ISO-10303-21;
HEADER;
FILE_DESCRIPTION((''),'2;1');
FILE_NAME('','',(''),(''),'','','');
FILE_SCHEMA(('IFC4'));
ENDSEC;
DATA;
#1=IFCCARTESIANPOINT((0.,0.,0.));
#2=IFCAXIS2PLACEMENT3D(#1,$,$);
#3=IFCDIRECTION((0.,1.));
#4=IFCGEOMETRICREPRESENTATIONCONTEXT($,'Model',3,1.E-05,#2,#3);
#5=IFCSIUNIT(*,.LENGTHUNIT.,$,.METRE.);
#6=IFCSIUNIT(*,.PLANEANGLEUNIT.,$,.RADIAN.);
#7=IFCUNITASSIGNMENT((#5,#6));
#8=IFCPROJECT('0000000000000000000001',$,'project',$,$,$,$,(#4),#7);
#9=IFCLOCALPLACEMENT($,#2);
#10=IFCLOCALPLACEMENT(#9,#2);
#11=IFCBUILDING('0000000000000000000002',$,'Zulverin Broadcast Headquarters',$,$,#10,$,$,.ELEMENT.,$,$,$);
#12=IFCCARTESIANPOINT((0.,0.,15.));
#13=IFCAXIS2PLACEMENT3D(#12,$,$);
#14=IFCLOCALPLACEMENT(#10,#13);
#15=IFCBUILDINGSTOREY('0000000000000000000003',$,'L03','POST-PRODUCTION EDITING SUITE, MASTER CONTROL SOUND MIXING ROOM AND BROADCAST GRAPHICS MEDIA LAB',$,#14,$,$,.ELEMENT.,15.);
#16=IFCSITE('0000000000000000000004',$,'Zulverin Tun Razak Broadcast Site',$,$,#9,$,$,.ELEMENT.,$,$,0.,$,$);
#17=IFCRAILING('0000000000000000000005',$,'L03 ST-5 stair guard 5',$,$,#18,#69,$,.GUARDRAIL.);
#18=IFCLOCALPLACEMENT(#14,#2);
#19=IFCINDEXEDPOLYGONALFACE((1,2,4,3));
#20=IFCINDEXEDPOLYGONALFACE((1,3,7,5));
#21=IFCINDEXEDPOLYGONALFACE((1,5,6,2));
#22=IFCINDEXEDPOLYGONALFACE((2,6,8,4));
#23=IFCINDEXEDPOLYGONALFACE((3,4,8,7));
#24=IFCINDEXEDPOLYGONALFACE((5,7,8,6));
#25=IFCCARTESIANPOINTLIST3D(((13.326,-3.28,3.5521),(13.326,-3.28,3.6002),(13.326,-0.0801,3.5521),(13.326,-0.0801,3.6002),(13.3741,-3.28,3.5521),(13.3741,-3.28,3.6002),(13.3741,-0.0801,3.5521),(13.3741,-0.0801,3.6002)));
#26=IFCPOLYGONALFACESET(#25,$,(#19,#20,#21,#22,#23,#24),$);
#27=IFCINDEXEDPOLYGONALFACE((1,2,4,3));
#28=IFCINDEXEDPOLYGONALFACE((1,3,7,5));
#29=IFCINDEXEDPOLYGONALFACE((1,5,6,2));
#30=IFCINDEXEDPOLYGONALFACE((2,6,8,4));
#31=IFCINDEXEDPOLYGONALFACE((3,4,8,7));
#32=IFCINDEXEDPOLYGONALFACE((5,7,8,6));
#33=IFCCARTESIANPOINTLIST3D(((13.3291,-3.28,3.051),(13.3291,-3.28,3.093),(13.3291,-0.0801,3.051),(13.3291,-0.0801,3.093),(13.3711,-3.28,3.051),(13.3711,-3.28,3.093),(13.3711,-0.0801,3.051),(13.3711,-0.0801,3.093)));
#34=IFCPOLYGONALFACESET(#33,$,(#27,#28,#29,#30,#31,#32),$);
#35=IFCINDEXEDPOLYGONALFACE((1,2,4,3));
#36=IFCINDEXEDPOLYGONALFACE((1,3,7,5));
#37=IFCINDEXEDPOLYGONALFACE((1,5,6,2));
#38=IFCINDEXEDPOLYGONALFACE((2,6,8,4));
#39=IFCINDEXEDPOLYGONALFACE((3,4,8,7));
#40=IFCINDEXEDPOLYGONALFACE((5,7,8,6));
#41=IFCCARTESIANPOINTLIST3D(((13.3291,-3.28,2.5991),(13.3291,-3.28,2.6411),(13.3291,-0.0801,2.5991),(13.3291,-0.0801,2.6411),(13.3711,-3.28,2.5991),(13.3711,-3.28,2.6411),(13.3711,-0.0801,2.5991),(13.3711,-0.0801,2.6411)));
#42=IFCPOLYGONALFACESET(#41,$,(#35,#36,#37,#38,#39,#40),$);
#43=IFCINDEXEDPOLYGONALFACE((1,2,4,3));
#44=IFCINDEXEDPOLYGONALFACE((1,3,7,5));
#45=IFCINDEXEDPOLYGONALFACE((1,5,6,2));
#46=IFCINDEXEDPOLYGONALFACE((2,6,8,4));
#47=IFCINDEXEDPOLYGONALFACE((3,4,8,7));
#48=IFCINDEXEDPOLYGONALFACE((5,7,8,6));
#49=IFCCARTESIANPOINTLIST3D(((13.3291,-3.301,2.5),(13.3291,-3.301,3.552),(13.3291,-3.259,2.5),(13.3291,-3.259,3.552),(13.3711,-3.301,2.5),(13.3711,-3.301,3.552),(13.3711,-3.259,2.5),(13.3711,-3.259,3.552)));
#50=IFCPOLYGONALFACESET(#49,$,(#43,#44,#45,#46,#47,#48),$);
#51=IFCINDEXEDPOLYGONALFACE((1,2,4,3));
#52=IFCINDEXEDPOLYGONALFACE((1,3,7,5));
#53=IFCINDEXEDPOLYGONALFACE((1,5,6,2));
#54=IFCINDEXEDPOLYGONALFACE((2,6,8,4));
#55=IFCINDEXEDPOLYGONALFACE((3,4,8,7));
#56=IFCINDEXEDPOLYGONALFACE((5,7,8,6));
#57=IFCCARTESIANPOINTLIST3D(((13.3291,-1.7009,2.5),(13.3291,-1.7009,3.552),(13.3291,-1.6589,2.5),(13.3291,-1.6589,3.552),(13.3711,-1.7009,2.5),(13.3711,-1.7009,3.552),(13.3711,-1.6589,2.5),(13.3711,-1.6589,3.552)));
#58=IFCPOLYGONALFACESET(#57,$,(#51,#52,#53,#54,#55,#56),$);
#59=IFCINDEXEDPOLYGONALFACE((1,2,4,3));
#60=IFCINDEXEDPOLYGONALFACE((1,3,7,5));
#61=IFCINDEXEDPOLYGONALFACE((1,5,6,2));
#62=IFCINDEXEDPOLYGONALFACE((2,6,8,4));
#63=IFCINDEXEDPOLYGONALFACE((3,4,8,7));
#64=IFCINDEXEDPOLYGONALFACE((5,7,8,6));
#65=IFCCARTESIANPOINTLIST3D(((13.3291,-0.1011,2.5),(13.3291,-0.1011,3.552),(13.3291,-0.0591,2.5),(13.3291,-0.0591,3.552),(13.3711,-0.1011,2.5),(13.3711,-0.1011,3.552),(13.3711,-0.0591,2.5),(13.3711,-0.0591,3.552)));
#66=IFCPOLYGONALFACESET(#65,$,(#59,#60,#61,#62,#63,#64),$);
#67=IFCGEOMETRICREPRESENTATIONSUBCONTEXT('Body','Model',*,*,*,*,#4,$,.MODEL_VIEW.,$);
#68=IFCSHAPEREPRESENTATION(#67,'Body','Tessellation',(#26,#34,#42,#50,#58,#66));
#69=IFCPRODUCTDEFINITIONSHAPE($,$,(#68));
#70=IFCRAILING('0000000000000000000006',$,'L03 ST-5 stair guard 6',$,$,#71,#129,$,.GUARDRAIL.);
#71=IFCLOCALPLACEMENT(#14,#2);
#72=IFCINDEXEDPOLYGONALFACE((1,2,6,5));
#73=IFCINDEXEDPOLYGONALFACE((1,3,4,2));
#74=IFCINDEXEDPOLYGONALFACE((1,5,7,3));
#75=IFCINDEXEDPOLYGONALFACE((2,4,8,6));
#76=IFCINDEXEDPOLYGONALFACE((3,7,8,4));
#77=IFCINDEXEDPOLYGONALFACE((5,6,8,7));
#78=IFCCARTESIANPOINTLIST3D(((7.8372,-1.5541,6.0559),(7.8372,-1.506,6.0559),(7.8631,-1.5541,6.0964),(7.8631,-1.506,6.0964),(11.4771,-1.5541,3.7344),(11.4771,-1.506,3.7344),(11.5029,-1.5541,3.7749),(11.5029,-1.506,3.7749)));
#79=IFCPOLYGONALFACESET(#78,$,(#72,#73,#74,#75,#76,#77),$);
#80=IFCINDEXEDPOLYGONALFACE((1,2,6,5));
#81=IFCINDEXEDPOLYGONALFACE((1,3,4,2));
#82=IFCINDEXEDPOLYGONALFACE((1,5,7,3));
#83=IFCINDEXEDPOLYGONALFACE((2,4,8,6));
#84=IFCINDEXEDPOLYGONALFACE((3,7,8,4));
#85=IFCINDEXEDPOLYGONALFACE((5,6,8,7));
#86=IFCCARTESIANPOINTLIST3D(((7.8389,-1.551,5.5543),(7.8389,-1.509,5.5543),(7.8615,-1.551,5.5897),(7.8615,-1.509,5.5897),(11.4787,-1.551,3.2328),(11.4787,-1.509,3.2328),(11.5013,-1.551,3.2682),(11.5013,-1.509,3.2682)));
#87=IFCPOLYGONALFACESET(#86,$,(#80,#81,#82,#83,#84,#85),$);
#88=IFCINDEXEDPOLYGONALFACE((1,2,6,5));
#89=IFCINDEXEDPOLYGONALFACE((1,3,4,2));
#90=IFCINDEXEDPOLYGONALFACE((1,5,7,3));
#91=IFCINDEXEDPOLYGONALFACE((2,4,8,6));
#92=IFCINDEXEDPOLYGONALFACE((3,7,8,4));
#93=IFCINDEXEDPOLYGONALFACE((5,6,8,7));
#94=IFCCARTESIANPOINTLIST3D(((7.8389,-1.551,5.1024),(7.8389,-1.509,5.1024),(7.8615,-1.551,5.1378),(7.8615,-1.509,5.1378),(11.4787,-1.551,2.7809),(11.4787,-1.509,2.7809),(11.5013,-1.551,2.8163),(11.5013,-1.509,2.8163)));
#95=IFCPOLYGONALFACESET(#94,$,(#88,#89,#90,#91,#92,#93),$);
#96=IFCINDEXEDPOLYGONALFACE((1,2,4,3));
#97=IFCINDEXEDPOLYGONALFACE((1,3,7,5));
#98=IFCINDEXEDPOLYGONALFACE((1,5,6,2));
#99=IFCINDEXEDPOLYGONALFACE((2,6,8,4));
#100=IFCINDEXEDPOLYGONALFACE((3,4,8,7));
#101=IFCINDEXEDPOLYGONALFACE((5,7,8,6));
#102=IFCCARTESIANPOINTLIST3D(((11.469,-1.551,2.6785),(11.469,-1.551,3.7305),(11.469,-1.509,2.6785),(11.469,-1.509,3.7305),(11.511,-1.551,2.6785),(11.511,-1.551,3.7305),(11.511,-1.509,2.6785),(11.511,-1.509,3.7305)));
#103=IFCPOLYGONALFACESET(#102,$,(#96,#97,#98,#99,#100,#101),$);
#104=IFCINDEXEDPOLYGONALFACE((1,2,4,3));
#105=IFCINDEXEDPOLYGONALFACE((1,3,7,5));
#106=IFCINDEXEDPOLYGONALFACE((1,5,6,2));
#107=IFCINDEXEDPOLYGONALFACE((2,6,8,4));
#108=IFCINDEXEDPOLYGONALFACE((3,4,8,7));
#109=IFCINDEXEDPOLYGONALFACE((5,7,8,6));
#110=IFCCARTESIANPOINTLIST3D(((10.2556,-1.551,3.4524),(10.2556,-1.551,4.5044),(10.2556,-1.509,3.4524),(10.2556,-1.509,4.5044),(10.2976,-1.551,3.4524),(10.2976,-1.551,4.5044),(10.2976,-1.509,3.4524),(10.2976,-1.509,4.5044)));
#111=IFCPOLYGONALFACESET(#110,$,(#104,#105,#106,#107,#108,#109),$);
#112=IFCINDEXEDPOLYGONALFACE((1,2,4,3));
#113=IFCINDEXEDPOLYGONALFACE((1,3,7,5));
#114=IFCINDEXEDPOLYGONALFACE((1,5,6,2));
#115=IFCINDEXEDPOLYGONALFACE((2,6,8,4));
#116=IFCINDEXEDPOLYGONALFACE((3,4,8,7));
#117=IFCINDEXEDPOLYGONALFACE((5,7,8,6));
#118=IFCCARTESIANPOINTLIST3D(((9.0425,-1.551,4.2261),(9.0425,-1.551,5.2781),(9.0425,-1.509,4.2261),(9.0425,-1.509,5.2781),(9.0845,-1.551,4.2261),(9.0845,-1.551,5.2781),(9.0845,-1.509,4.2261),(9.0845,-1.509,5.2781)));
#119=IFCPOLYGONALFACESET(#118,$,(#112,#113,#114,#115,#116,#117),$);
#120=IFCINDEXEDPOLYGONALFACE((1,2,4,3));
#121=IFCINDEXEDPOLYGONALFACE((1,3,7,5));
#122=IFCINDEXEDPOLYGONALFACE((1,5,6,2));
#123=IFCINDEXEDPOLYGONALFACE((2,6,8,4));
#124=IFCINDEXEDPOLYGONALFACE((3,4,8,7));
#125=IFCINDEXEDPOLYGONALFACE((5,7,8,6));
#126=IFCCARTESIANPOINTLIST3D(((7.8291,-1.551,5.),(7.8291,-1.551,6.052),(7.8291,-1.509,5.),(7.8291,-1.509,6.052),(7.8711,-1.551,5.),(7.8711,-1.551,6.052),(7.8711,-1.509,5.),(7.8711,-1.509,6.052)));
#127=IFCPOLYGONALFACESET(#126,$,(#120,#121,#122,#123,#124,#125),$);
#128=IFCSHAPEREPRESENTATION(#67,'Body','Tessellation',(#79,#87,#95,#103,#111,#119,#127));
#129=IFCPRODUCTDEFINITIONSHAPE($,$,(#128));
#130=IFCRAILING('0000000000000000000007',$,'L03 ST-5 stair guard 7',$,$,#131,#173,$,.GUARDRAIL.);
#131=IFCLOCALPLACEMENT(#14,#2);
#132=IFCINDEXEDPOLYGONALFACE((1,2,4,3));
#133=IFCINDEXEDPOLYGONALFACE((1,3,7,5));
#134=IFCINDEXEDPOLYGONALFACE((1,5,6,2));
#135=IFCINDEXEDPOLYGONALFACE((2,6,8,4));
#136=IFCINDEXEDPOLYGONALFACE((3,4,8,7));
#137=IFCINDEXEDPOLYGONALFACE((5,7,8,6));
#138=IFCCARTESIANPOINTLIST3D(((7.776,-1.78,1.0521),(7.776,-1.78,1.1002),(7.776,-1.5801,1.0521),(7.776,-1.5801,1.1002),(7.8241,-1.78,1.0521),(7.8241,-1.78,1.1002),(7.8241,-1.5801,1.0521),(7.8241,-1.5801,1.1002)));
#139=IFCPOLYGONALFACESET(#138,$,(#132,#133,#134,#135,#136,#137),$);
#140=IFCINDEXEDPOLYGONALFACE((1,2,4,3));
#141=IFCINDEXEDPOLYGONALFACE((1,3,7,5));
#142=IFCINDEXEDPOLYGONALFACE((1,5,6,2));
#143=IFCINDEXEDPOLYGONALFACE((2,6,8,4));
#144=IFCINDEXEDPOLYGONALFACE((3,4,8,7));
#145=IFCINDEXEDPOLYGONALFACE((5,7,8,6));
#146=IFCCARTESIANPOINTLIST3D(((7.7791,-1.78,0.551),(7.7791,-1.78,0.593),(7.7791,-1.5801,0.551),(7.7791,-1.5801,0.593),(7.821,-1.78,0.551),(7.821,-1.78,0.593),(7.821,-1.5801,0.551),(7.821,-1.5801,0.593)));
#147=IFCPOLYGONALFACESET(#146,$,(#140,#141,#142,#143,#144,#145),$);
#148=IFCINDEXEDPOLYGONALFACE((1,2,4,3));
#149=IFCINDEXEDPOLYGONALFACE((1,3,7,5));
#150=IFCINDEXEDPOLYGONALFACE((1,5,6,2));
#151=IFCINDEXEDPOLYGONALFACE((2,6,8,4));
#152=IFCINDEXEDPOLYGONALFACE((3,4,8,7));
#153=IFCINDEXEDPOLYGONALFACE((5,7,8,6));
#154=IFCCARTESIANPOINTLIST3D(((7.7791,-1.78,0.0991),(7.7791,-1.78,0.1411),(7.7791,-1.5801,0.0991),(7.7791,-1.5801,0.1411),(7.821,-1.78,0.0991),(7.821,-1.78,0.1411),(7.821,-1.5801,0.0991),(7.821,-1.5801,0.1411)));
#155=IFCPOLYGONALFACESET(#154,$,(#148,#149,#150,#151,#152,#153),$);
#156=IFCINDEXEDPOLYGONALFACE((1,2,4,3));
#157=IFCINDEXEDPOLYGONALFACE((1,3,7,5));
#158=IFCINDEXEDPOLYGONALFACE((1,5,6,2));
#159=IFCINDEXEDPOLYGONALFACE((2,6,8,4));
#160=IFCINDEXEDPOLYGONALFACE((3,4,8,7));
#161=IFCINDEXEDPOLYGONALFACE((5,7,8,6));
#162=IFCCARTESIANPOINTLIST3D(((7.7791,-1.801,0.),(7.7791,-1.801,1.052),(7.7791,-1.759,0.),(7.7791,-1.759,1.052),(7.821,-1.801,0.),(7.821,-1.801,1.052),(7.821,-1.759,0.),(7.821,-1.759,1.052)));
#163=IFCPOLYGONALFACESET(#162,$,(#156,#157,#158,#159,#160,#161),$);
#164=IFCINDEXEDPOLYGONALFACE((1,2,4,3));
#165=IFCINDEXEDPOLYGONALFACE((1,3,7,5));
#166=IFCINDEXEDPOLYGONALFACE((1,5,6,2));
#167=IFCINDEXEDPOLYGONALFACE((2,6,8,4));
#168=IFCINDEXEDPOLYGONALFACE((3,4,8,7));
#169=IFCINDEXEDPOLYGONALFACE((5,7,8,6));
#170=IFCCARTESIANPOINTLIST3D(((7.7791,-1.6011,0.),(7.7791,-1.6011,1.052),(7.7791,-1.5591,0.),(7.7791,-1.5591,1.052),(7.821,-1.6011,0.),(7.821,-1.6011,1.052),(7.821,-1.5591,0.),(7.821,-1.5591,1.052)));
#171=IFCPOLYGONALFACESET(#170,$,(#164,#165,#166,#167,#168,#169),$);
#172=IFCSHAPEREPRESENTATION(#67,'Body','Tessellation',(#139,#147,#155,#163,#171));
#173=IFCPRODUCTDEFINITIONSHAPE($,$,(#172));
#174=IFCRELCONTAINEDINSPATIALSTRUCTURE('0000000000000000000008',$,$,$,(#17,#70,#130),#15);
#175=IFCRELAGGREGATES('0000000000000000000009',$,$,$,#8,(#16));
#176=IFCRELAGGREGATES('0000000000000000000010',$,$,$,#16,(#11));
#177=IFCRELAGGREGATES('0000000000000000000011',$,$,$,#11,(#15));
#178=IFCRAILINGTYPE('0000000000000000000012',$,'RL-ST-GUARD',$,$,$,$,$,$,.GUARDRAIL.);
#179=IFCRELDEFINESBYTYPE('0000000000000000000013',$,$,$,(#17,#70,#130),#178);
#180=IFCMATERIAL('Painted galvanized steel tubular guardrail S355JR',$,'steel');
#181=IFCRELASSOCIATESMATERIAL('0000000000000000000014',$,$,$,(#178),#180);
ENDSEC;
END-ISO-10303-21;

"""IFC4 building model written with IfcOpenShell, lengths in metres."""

from ifc_helpers import new_model, si_unit, direction, frame, origin, origin_2d, place, context, subcontext, project, spatial, rectangle, extrude, material, type_object, element, save


model = new_model("IFC4")

# Units and contexts
model_context = context("Model", 3, precision=1e-05, world=origin(), true_north=direction((0.0, 1.0)))
body_context = subcontext(model_context, "Body", "Model", "MODEL_VIEW")
ifc_project = project(units=[si_unit("LENGTHUNIT", "METRE"), si_unit("PLANEANGLEUNIT", "RADIAN")], contexts=[model_context])

# Site, building, storey
site_placement = place(None, origin())
site = spatial("IfcSite", under=ifc_project, at=site_placement, Name="Zulverin Tun Razak Broadcast Site", CompositionType="ELEMENT", RefElevation=0.0)
building_placement = place(site_placement, origin())
building = spatial("IfcBuilding", under=site, at=building_placement, Name="Zulverin Broadcast Headquarters", CompositionType="ELEMENT")
storey_placement = place(building_placement, frame((0.0, 0.0, 15.0)))
storey = spatial("IfcBuildingStorey", under=building, at=storey_placement, Name="L03", Description="POST-PRODUCTION EDITING SUITE, MASTER CONTROL SOUND MIXING ROOM AND BROADCAST GRAPHICS MEDIA LAB", CompositionType="ELEMENT", Elevation=15.0)

# Railings
ifc_material_1 = material(Name="Painted galvanized steel tubular guardrail S355JR", Category="steel")
railing_type_1 = type_object("IfcRailingType", Name="RL-ST-GUARD", PredefinedType="GUARDRAIL", material=ifc_material_1)
railing_1_placement = place(storey_placement, frame((13.3501, -3.28, 2.5)))
element("IfcRailing", 1, at=railing_1_placement, inside=storey, type_object=railing_type_1, Name="L03 ST-5 stair guard 5", PredefinedType="GUARDRAIL", context=body_context, shape_type="SweptSolid", body=[
    extrude(rectangle(XDim=0.0481, YDim=0.0481, at=origin_2d()), frame((0.0, 0.0, 1.0762), z_axis=(0.0, 1.0, 0.0), x_axis=(-1.0, 0.0, 0.0)), (0.0, 0.0, 1.0), 3.2),
    extrude(rectangle(XDim=0.042, YDim=0.042, at=origin_2d()), frame((0.0, 0.0, 0.572), z_axis=(0.0, 1.0, 0.0), x_axis=(-1.0, 0.0, 0.0)), (0.0, 0.0, 1.0), 3.2),
    extrude(rectangle(XDim=0.042, YDim=0.042, at=origin_2d()), frame((0.0, 0.0, 0.1201), z_axis=(0.0, 1.0, 0.0), x_axis=(-1.0, 0.0, 0.0)), (0.0, 0.0, 1.0), 3.2),
    extrude(rectangle(XDim=0.042, YDim=0.042, at=origin_2d()), origin(), (0.0, 0.0, 1.0), 1.052),
    extrude(rectangle(XDim=0.042, YDim=0.042, at=origin_2d()), frame((0.0, 1.6001, 0.0)), (0.0, 0.0, 1.0), 1.052),
    extrude(rectangle(XDim=0.042, YDim=0.042, at=origin_2d()), frame((0.0, 3.2, 0.0)), (0.0, 0.0, 1.0), 1.052),
])
railing_2_placement = place(storey_placement, frame((11.49, -1.53, 2.6785)))
element("IfcRailing", 2, at=railing_2_placement, inside=storey, type_object=railing_type_1, Name="L03 ST-5 stair guard 6", PredefinedType="GUARDRAIL", context=body_context, shape_type="SweptSolid", body=[
    extrude(rectangle(XDim=0.0481, YDim=0.0481, at=origin_2d()), frame((0.0, 0.0, 1.0762), z_axis=(-0.843112, 0.0, 0.537739), x_axis=(0.0, -1.0, 0.0)), (0.0, 0.0, 1.0), 4.3171),
    extrude(rectangle(XDim=0.042, YDim=0.042, at=origin_2d()), frame((0.0, 0.0, 0.572), z_axis=(-0.843112, 0.0, 0.537739), x_axis=(0.0, -1.0, 0.0)), (0.0, 0.0, 1.0), 4.3171),
    extrude(rectangle(XDim=0.042, YDim=0.042, at=origin_2d()), frame((0.0, 0.0, 0.1201), z_axis=(-0.843112, 0.0, 0.537739), x_axis=(0.0, -1.0, 0.0)), (0.0, 0.0, 1.0), 4.3171),
    extrude(rectangle(XDim=0.042, YDim=0.042, at=origin_2d()), origin(), (0.0, 0.0, 1.0), 1.052),
    extrude(rectangle(XDim=0.042, YDim=0.042, at=origin_2d()), frame((-1.2134, 0.0, 0.7739)), (0.0, 0.0, 1.0), 1.052),
    extrude(rectangle(XDim=0.042, YDim=0.042, at=origin_2d()), frame((-2.4265, 0.0, 1.5476)), (0.0, 0.0, 1.0), 1.052),
    extrude(rectangle(XDim=0.042, YDim=0.042, at=origin_2d()), frame((-3.6399, 0.0, 2.3215)), (0.0, 0.0, 1.0), 1.052),
])
railing_3_placement = place(storey_placement, frame((7.8, -1.78, 0.0)))
element("IfcRailing", 3, at=railing_3_placement, inside=storey, type_object=railing_type_1, Name="L03 ST-5 stair guard 7", PredefinedType="GUARDRAIL", context=body_context, shape_type="SweptSolid", body=[
    extrude(rectangle(XDim=0.0481, YDim=0.0481, at=origin_2d()), frame((0.0, 0.0, 1.0762), z_axis=(0.0, 1.0, 0.0), x_axis=(-1.0, 0.0, 0.0)), (0.0, 0.0, 1.0), 0.2),
    extrude(rectangle(XDim=0.042, YDim=0.042, at=origin_2d()), frame((0.0, 0.0, 0.572), z_axis=(0.0, 1.0, 0.0), x_axis=(-1.0, 0.0, 0.0)), (0.0, 0.0, 1.0), 0.2),
    extrude(rectangle(XDim=0.042, YDim=0.042, at=origin_2d()), frame((0.0, 0.0, 0.1201), z_axis=(0.0, 1.0, 0.0), x_axis=(-1.0, 0.0, 0.0)), (0.0, 0.0, 1.0), 0.2),
    extrude(rectangle(XDim=0.042, YDim=0.042, at=origin_2d()), origin(), (0.0, 0.0, 1.0), 1.052),
    extrude(rectangle(XDim=0.042, YDim=0.042, at=origin_2d()), frame((0.0, 0.2, 0.0)), (0.0, 0.0, 1.0), 1.052),
])

save(model, "model.ifc")
